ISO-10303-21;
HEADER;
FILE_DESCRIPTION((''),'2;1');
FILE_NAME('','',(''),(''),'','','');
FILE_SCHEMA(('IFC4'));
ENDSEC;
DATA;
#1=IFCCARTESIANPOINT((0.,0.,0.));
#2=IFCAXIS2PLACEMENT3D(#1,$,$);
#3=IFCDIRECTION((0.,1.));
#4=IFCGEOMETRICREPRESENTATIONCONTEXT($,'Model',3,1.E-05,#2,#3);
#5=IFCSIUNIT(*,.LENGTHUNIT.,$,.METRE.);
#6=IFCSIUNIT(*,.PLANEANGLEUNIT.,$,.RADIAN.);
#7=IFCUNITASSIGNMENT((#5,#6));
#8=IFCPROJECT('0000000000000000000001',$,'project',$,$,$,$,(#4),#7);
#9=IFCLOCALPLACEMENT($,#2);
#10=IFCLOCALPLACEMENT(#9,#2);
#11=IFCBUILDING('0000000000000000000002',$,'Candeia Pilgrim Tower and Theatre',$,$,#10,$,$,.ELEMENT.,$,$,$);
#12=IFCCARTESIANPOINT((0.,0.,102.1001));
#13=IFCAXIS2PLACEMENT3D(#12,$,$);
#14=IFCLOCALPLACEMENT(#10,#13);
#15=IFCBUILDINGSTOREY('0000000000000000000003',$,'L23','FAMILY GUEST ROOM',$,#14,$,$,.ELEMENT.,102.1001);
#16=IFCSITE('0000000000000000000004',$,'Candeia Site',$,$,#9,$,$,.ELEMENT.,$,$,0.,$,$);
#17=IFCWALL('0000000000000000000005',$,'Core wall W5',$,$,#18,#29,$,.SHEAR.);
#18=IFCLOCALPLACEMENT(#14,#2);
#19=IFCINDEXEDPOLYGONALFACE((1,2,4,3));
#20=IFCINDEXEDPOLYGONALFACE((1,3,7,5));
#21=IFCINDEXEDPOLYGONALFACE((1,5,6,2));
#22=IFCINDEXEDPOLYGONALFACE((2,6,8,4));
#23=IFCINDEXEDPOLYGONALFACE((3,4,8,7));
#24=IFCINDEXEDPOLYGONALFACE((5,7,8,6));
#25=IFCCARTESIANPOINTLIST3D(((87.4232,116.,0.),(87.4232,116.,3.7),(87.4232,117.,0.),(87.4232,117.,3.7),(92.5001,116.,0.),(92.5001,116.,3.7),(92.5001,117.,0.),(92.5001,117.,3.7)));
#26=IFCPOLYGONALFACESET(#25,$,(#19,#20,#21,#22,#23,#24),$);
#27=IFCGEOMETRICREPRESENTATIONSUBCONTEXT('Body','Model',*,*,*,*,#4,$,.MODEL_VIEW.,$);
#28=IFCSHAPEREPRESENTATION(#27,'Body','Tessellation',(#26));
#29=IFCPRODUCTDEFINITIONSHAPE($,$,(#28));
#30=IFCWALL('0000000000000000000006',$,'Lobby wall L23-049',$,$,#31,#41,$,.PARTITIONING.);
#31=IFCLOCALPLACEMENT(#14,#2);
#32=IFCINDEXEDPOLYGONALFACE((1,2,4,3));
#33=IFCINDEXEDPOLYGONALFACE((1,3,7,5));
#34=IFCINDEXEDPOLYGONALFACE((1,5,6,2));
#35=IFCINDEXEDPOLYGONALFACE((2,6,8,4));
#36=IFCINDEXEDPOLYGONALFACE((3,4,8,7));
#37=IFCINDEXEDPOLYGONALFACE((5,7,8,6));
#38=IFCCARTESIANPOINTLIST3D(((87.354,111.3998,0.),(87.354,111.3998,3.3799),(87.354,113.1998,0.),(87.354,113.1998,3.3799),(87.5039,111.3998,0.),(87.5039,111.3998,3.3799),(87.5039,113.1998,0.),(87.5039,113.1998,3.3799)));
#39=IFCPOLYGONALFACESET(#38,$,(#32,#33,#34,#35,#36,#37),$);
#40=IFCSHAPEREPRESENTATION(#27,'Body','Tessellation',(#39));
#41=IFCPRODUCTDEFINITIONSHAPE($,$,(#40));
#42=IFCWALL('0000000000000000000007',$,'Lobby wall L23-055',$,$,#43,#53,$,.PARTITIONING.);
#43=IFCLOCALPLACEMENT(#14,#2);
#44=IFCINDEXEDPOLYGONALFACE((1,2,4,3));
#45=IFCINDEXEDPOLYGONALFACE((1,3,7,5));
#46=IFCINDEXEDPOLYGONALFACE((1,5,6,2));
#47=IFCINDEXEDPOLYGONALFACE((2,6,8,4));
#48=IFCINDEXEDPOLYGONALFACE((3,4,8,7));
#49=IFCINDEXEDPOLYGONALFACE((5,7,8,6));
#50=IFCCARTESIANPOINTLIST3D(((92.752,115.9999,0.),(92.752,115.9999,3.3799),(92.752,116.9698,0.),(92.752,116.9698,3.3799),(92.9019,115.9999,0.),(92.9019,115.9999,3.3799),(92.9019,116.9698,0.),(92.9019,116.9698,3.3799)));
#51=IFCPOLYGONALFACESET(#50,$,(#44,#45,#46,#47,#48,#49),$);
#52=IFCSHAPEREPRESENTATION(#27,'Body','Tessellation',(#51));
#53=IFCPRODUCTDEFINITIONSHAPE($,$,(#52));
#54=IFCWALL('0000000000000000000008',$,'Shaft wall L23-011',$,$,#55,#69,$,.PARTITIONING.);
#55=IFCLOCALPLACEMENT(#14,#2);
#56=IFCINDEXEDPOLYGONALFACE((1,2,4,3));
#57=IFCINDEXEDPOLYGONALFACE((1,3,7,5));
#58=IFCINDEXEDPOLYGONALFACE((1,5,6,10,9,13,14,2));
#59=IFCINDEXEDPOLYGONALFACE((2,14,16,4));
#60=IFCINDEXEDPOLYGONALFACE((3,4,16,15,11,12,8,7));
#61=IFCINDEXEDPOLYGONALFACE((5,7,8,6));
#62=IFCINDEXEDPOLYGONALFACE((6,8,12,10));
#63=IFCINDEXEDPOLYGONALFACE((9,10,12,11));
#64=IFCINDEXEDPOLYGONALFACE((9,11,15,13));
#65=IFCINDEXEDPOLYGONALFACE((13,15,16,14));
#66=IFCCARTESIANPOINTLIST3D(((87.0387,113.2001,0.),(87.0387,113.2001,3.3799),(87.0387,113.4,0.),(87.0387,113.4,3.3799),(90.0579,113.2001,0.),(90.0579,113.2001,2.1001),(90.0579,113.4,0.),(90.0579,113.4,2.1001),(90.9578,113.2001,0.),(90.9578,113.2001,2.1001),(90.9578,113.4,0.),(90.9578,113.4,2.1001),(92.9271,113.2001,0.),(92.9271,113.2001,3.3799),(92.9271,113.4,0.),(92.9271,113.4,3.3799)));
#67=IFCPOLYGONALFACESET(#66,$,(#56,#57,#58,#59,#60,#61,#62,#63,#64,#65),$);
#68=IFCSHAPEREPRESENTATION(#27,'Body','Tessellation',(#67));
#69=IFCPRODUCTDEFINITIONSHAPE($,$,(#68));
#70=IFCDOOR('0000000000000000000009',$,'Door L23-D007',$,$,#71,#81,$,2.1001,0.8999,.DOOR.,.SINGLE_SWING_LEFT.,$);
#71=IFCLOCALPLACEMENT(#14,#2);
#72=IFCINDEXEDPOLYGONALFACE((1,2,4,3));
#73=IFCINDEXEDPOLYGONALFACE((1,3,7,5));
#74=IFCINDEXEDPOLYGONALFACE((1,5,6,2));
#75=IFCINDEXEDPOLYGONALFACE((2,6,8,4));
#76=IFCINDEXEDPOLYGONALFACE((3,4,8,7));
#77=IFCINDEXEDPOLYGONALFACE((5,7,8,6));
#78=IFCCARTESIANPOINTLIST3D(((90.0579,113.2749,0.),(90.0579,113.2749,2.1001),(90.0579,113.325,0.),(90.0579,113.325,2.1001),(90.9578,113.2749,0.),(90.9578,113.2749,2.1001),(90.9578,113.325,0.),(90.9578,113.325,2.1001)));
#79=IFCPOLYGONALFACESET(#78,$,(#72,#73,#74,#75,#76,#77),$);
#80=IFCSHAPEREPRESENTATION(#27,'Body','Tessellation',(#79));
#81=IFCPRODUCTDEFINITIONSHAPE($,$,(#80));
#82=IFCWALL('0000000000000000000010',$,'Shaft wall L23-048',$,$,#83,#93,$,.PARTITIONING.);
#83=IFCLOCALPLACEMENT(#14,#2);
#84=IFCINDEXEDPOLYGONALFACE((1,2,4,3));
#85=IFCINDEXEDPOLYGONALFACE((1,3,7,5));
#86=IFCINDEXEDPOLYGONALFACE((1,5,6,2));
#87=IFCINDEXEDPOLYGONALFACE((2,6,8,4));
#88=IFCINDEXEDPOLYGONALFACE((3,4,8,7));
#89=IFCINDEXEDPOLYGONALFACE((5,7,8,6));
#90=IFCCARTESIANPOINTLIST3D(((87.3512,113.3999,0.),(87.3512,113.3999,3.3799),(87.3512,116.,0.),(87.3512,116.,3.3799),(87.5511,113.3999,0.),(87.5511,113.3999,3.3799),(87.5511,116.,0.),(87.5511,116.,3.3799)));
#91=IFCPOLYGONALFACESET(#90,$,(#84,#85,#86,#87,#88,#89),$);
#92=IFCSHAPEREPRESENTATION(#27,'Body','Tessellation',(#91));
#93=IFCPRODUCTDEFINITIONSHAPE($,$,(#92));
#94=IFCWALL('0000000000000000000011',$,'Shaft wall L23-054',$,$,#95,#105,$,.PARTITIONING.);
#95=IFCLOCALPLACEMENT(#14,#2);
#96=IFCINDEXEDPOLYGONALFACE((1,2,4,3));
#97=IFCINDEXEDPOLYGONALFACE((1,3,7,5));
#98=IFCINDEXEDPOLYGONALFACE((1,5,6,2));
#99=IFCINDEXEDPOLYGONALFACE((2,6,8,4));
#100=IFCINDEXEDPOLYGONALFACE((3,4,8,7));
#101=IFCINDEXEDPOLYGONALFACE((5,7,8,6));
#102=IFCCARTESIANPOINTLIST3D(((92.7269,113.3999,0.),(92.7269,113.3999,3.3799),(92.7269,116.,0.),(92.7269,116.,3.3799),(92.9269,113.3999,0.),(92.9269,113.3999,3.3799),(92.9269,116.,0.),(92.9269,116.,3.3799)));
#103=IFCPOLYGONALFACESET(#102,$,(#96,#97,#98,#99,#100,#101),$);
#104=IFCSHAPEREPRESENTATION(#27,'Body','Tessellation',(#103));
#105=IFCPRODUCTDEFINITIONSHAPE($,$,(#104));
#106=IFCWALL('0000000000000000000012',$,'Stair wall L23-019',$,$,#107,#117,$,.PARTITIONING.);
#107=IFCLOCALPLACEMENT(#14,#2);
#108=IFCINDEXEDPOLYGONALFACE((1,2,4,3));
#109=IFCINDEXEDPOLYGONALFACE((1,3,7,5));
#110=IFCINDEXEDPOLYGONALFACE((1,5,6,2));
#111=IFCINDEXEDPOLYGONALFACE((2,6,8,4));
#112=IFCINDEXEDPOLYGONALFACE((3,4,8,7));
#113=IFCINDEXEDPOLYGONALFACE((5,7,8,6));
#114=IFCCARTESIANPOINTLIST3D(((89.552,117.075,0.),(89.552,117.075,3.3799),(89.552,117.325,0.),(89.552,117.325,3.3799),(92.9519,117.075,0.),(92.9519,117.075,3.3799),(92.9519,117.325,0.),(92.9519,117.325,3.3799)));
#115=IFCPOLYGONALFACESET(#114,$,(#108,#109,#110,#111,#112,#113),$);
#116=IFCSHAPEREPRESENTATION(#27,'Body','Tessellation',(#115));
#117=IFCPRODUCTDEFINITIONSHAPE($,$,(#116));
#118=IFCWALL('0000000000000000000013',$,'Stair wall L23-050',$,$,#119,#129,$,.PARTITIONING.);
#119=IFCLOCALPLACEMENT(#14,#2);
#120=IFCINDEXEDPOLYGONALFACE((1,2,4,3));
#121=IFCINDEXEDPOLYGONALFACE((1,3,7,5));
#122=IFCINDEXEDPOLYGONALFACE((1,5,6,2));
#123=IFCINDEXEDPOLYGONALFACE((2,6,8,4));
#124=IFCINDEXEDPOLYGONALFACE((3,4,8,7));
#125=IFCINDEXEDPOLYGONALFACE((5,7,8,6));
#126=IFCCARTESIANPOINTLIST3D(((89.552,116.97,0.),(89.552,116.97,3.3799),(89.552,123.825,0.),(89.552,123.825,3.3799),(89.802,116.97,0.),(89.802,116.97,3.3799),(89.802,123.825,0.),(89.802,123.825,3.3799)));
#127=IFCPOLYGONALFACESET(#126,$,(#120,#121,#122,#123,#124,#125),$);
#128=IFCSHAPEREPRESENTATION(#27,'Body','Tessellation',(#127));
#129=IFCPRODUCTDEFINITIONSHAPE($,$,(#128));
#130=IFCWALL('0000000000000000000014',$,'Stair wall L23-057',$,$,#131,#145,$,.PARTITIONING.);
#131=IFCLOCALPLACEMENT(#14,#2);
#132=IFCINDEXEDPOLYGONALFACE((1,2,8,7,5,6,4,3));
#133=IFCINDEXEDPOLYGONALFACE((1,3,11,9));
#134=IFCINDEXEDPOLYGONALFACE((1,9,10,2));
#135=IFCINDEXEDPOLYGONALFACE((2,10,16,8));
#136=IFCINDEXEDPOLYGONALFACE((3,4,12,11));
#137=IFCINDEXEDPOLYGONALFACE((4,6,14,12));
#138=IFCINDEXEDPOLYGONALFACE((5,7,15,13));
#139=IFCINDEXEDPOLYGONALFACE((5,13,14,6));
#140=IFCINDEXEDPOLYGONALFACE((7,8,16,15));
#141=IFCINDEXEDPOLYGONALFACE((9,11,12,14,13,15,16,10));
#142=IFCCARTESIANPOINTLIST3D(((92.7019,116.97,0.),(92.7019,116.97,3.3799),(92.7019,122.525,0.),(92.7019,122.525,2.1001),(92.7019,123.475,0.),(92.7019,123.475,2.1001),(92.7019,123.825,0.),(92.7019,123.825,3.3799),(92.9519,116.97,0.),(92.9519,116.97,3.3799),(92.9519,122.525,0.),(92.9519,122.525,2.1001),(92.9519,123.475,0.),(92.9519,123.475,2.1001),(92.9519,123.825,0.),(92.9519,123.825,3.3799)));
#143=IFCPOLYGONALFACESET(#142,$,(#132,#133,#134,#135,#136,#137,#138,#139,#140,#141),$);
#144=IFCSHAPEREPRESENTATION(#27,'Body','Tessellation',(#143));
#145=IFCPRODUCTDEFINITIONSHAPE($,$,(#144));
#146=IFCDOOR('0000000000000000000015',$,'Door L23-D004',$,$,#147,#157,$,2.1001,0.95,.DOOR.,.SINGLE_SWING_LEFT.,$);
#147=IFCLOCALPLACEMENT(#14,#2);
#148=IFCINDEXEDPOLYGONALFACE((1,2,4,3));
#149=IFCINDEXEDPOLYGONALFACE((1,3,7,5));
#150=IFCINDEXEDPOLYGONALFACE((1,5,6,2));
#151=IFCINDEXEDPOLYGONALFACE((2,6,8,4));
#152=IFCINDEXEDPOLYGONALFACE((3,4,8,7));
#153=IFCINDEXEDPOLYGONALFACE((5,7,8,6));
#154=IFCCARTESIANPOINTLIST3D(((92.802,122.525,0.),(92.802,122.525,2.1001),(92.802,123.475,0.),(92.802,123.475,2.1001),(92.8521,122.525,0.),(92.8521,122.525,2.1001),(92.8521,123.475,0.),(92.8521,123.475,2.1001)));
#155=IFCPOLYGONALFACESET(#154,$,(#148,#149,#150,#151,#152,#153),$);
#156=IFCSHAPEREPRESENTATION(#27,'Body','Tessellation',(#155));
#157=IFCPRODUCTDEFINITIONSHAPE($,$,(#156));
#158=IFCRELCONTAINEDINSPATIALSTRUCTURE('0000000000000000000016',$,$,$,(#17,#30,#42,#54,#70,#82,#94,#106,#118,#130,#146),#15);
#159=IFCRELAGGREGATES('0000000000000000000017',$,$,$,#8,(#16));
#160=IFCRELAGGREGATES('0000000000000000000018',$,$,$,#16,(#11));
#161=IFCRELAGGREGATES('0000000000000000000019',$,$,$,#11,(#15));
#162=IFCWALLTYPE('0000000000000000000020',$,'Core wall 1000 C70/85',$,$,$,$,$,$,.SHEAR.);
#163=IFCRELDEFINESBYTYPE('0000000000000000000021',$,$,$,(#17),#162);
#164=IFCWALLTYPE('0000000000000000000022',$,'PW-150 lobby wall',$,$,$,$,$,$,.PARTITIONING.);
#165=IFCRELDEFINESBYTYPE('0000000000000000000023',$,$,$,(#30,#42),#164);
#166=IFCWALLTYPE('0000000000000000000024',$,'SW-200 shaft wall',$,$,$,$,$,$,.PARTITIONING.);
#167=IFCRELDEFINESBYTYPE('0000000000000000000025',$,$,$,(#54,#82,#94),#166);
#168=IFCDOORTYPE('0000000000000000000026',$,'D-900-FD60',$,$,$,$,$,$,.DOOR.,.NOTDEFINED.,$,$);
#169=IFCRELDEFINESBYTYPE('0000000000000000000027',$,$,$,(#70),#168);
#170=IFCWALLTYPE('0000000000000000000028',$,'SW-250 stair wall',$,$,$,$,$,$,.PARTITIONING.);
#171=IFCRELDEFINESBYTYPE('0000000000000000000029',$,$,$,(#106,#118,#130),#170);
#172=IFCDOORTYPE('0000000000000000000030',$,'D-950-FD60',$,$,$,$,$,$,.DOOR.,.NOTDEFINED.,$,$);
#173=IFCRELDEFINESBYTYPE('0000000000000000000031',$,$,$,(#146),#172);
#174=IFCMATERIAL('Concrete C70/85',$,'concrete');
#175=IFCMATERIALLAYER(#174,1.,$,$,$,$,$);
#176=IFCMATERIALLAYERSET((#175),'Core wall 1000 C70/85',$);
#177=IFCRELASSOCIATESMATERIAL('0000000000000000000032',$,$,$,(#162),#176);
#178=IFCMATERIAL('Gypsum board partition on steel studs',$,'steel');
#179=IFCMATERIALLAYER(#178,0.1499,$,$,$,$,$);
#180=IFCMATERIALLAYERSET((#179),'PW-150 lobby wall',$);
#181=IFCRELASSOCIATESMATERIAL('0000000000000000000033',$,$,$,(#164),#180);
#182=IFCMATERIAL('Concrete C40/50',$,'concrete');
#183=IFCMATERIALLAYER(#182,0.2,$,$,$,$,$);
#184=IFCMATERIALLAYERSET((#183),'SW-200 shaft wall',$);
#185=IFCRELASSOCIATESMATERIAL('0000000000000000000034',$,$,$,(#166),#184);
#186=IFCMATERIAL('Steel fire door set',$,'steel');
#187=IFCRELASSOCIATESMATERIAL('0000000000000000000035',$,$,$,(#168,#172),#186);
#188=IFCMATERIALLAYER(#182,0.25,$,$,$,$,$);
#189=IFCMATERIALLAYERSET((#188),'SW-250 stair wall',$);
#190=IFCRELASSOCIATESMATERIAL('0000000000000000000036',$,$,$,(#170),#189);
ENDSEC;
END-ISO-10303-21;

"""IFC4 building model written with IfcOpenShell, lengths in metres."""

from ifc_helpers import new_model, si_unit, direction, frame, frame_2d, origin, place, context, subcontext, project, spatial, rectangle, extrude, material, layer, layer_set, type_object, element, fill, save


model = new_model("IFC4")

# Units and contexts
model_context = context("Model", 3, precision=1e-05, world=origin(), true_north=direction((0.0, 1.0)))
body_context = subcontext(model_context, "Body", "Model", "MODEL_VIEW")
ifc_project = project(units=[si_unit("LENGTHUNIT", "METRE"), si_unit("PLANEANGLEUNIT", "RADIAN")], contexts=[model_context])

# Site, building, storey
site_placement = place(None, origin())
site = spatial("IfcSite", under=ifc_project, at=site_placement, Name="Candeia Site", CompositionType="ELEMENT", RefElevation=0.0)
building_placement = place(site_placement, origin())
building = spatial("IfcBuilding", under=site, at=building_placement, Name="Candeia Pilgrim Tower and Theatre", CompositionType="ELEMENT")
storey_placement = place(building_placement, frame((0.0, 0.0, 102.1001)))
storey = spatial("IfcBuildingStorey", under=building, at=storey_placement, Name="L23", Description="FAMILY GUEST ROOM", CompositionType="ELEMENT", Elevation=102.1001)

# Walls
ifc_material_1 = material(Name="Concrete C70/85", Category="concrete")
ifc_layer_1 = layer(ifc_material_1, 1.0)
ifc_layer_set_1 = layer_set([ifc_layer_1], Name="Core wall 1000 C70/85")
wall_type_1 = type_object("IfcWallType", Name="Core wall 1000 C70/85", PredefinedType="SHEAR", material=ifc_layer_set_1)
wall_1_placement = place(storey_placement, frame((87.4231, 116.5, 0.0), z_axis=(0.0, 0.0, 1.0), x_axis=(1.0, 0.0, 0.0)))
element("IfcWall", 1, at=wall_1_placement, inside=storey, type_object=wall_type_1, Name="Core wall W5", PredefinedType="SHEAR", context=body_context, shape_type="SweptSolid", body=[
    extrude(rectangle(XDim=5.0769, YDim=1.0, at=frame_2d((2.5386, 0.0))), origin(), (0.0, 0.0, 1.0), 3.7),
])
ifc_material_2 = material(Name="Gypsum board partition on steel studs", Category="steel")
ifc_layer_2 = layer(ifc_material_2, 0.1499)
ifc_layer_set_2 = layer_set([ifc_layer_2], Name="PW-150 lobby wall")
wall_type_2 = type_object("IfcWallType", Name="PW-150 lobby wall", PredefinedType="PARTITIONING", material=ifc_layer_set_2)
wall_2_placement = place(storey_placement, frame((87.429, 111.3999, 0.0), z_axis=(0.0, 0.0, 1.0), x_axis=(0.0, 1.0, 0.0)))
element("IfcWall", 2, at=wall_2_placement, inside=storey, type_object=wall_type_2, Name="Lobby wall L23-049", PredefinedType="PARTITIONING", context=body_context, shape_type="SweptSolid", body=[
    extrude(rectangle(XDim=1.8, YDim=0.1499, at=frame_2d((0.8999, 0.0))), origin(), (0.0, 0.0, 1.0), 3.3799),
])
wall_3_placement = place(storey_placement, frame((92.8269, 116.0, 0.0), z_axis=(0.0, 0.0, 1.0), x_axis=(0.0, 1.0, 0.0)))
element("IfcWall", 3, at=wall_3_placement, inside=storey, type_object=wall_type_2, Name="Lobby wall L23-055", PredefinedType="PARTITIONING", context=body_context, shape_type="SweptSolid", body=[
    extrude(rectangle(XDim=0.97, YDim=0.1499, at=frame_2d((0.4849, 0.0))), origin(), (0.0, 0.0, 1.0), 3.3799),
])

# Wall, opening, door
ifc_material_3 = material(Name="Concrete C40/50", Category="concrete")
ifc_layer_3 = layer(ifc_material_3, 0.2)
ifc_layer_set_3 = layer_set([ifc_layer_3], Name="SW-200 shaft wall")
wall_type_3 = type_object("IfcWallType", Name="SW-200 shaft wall", PredefinedType="PARTITIONING", material=ifc_layer_set_3)
wall_4_placement = place(storey_placement, frame((87.0386, 113.3, 0.0), z_axis=(0.0, 0.0, 1.0), x_axis=(1.0, 0.0, 0.0)))
wall_4 = element("IfcWall", 4, at=wall_4_placement, inside=storey, type_object=wall_type_3, Name="Shaft wall L23-011", PredefinedType="PARTITIONING", context=body_context, shape_type="SweptSolid", body=[
    extrude(rectangle(XDim=5.8884, YDim=0.2, at=frame_2d((2.9443, 0.0))), origin(), (0.0, 0.0, 1.0), 3.3799),
])
opening_1_placement = place(wall_4_placement, frame((3.0193, 0.0, 0.0)))
opening_1 = element("IfcOpeningElement", 5, at=opening_1_placement, cuts=wall_4, PredefinedType="OPENING", context=body_context, shape_type="SweptSolid", body=[
    extrude(rectangle(XDim=0.8999, YDim=2.1001, at=frame_2d((0.45, 1.05))), frame((0.0, 0.1099, 0.0), z_axis=(0.0, -1.0, 0.0), x_axis=(1.0, 0.0, 0.0)), (0.0, 0.0, 1.0), 0.22),
])
ifc_material_4 = material(Name="Steel fire door set", Category="steel")
door_type_1 = type_object("IfcDoorType", Name="D-900-FD60", OperationType="NOTDEFINED", PredefinedType="DOOR", material=ifc_material_4)
door_1_placement = place(opening_1_placement, origin())
door_1 = element("IfcDoor", 6, at=door_1_placement, inside=storey, type_object=door_type_1, Name="Door L23-D007", OperationType="SINGLE_SWING_LEFT", OverallHeight=2.1001, OverallWidth=0.8999, PredefinedType="DOOR", context=body_context, shape_type="SweptSolid", body=[
    extrude(rectangle(XDim=0.8999, YDim=2.1001, at=frame_2d((0.45, 1.05))), frame((0.0, 0.0249, 0.0), z_axis=(0.0, -1.0, 0.0), x_axis=(1.0, 0.0, 0.0)), (0.0, 0.0, 1.0), 0.05),
])
fill(opening_1, door_1)

# Walls
for number, where, z_axis, x_axis, name in (
    (7, (87.4512, 113.3999, 0.0), (0.0, 0.0, 1.0), (0.0, 1.0, 0.0), "Shaft wall L23-048"),
    (8, (92.8269, 113.3999, 0.0), (0.0, 0.0, 1.0), (0.0, 1.0, 0.0), "Shaft wall L23-054"),
):
    element("IfcWall", number, at=place(storey_placement, frame(where, z_axis=z_axis, x_axis=x_axis)), inside=storey, type_object=wall_type_3, Name=name, PredefinedType="PARTITIONING", context=body_context, shape_type="SweptSolid", body=[
        extrude(rectangle(XDim=2.6001, YDim=0.2, at=frame_2d((1.3, 0.0))), origin(), (0.0, 0.0, 1.0), 3.3799),
    ])
ifc_layer_4 = layer(ifc_material_3, 0.25)
ifc_layer_set_4 = layer_set([ifc_layer_4], Name="SW-250 stair wall")
wall_type_4 = type_object("IfcWallType", Name="SW-250 stair wall", PredefinedType="PARTITIONING", material=ifc_layer_set_4)
wall_5_placement = place(storey_placement, frame((89.552, 117.2, 0.0), z_axis=(0.0, 0.0, 1.0), x_axis=(1.0, 0.0, 0.0)))
element("IfcWall", 9, at=wall_5_placement, inside=storey, type_object=wall_type_4, Name="Stair wall L23-019", PredefinedType="PARTITIONING", context=body_context, shape_type="SweptSolid", body=[
    extrude(rectangle(XDim=3.3999, YDim=0.25, at=frame_2d((1.7, 0.0))), origin(), (0.0, 0.0, 1.0), 3.3799),
])
wall_6_placement = place(storey_placement, frame((89.677, 116.97, 0.0), z_axis=(0.0, 0.0, 1.0), x_axis=(0.0, 1.0, 0.0)))
element("IfcWall", 10, at=wall_6_placement, inside=storey, type_object=wall_type_4, Name="Stair wall L23-050", PredefinedType="PARTITIONING", context=body_context, shape_type="SweptSolid", body=[
    extrude(rectangle(XDim=6.855, YDim=0.25, at=frame_2d((3.4275, 0.0))), origin(), (0.0, 0.0, 1.0), 3.3799),
])

# Wall, opening, door
wall_7_placement = place(storey_placement, frame((92.8269, 116.97, 0.0), z_axis=(0.0, 0.0, 1.0), x_axis=(0.0, 1.0, 0.0)))
wall_7 = element("IfcWall", 11, at=wall_7_placement, inside=storey, type_object=wall_type_4, Name="Stair wall L23-057", PredefinedType="PARTITIONING", context=body_context, shape_type="SweptSolid", body=[
    extrude(rectangle(XDim=6.855, YDim=0.25, at=frame_2d((3.4275, 0.0))), origin(), (0.0, 0.0, 1.0), 3.3799),
])
opening_2_placement = place(wall_7_placement, frame((5.5549, 0.0, 0.0)))
opening_2 = element("IfcOpeningElement", 12, at=opening_2_placement, cuts=wall_7, PredefinedType="OPENING", context=body_context, shape_type="SweptSolid", body=[
    extrude(rectangle(XDim=0.95, YDim=2.1001, at=frame_2d((0.4751, 1.05))), frame((0.0, 0.135, 0.0), z_axis=(0.0, -1.0, 0.0), x_axis=(1.0, 0.0, 0.0)), (0.0, 0.0, 1.0), 0.27),
])
door_type_2 = type_object("IfcDoorType", Name="D-950-FD60", OperationType="NOTDEFINED", PredefinedType="DOOR", material=ifc_material_4)
door_2_placement = place(opening_2_placement, origin())
door_2 = element("IfcDoor", 13, at=door_2_placement, inside=storey, type_object=door_type_2, Name="Door L23-D004", OperationType="SINGLE_SWING_LEFT", OverallHeight=2.1001, OverallWidth=0.95, PredefinedType="DOOR", context=body_context, shape_type="SweptSolid", body=[
    extrude(rectangle(XDim=0.95, YDim=2.1001, at=frame_2d((0.4751, 1.05))), frame((0.0, 0.0249, 0.0), z_axis=(0.0, -1.0, 0.0), x_axis=(1.0, 0.0, 0.0)), (0.0, 0.0, 1.0), 0.05),
])
fill(opening_2, door_2)

save(model, "model.ifc")
